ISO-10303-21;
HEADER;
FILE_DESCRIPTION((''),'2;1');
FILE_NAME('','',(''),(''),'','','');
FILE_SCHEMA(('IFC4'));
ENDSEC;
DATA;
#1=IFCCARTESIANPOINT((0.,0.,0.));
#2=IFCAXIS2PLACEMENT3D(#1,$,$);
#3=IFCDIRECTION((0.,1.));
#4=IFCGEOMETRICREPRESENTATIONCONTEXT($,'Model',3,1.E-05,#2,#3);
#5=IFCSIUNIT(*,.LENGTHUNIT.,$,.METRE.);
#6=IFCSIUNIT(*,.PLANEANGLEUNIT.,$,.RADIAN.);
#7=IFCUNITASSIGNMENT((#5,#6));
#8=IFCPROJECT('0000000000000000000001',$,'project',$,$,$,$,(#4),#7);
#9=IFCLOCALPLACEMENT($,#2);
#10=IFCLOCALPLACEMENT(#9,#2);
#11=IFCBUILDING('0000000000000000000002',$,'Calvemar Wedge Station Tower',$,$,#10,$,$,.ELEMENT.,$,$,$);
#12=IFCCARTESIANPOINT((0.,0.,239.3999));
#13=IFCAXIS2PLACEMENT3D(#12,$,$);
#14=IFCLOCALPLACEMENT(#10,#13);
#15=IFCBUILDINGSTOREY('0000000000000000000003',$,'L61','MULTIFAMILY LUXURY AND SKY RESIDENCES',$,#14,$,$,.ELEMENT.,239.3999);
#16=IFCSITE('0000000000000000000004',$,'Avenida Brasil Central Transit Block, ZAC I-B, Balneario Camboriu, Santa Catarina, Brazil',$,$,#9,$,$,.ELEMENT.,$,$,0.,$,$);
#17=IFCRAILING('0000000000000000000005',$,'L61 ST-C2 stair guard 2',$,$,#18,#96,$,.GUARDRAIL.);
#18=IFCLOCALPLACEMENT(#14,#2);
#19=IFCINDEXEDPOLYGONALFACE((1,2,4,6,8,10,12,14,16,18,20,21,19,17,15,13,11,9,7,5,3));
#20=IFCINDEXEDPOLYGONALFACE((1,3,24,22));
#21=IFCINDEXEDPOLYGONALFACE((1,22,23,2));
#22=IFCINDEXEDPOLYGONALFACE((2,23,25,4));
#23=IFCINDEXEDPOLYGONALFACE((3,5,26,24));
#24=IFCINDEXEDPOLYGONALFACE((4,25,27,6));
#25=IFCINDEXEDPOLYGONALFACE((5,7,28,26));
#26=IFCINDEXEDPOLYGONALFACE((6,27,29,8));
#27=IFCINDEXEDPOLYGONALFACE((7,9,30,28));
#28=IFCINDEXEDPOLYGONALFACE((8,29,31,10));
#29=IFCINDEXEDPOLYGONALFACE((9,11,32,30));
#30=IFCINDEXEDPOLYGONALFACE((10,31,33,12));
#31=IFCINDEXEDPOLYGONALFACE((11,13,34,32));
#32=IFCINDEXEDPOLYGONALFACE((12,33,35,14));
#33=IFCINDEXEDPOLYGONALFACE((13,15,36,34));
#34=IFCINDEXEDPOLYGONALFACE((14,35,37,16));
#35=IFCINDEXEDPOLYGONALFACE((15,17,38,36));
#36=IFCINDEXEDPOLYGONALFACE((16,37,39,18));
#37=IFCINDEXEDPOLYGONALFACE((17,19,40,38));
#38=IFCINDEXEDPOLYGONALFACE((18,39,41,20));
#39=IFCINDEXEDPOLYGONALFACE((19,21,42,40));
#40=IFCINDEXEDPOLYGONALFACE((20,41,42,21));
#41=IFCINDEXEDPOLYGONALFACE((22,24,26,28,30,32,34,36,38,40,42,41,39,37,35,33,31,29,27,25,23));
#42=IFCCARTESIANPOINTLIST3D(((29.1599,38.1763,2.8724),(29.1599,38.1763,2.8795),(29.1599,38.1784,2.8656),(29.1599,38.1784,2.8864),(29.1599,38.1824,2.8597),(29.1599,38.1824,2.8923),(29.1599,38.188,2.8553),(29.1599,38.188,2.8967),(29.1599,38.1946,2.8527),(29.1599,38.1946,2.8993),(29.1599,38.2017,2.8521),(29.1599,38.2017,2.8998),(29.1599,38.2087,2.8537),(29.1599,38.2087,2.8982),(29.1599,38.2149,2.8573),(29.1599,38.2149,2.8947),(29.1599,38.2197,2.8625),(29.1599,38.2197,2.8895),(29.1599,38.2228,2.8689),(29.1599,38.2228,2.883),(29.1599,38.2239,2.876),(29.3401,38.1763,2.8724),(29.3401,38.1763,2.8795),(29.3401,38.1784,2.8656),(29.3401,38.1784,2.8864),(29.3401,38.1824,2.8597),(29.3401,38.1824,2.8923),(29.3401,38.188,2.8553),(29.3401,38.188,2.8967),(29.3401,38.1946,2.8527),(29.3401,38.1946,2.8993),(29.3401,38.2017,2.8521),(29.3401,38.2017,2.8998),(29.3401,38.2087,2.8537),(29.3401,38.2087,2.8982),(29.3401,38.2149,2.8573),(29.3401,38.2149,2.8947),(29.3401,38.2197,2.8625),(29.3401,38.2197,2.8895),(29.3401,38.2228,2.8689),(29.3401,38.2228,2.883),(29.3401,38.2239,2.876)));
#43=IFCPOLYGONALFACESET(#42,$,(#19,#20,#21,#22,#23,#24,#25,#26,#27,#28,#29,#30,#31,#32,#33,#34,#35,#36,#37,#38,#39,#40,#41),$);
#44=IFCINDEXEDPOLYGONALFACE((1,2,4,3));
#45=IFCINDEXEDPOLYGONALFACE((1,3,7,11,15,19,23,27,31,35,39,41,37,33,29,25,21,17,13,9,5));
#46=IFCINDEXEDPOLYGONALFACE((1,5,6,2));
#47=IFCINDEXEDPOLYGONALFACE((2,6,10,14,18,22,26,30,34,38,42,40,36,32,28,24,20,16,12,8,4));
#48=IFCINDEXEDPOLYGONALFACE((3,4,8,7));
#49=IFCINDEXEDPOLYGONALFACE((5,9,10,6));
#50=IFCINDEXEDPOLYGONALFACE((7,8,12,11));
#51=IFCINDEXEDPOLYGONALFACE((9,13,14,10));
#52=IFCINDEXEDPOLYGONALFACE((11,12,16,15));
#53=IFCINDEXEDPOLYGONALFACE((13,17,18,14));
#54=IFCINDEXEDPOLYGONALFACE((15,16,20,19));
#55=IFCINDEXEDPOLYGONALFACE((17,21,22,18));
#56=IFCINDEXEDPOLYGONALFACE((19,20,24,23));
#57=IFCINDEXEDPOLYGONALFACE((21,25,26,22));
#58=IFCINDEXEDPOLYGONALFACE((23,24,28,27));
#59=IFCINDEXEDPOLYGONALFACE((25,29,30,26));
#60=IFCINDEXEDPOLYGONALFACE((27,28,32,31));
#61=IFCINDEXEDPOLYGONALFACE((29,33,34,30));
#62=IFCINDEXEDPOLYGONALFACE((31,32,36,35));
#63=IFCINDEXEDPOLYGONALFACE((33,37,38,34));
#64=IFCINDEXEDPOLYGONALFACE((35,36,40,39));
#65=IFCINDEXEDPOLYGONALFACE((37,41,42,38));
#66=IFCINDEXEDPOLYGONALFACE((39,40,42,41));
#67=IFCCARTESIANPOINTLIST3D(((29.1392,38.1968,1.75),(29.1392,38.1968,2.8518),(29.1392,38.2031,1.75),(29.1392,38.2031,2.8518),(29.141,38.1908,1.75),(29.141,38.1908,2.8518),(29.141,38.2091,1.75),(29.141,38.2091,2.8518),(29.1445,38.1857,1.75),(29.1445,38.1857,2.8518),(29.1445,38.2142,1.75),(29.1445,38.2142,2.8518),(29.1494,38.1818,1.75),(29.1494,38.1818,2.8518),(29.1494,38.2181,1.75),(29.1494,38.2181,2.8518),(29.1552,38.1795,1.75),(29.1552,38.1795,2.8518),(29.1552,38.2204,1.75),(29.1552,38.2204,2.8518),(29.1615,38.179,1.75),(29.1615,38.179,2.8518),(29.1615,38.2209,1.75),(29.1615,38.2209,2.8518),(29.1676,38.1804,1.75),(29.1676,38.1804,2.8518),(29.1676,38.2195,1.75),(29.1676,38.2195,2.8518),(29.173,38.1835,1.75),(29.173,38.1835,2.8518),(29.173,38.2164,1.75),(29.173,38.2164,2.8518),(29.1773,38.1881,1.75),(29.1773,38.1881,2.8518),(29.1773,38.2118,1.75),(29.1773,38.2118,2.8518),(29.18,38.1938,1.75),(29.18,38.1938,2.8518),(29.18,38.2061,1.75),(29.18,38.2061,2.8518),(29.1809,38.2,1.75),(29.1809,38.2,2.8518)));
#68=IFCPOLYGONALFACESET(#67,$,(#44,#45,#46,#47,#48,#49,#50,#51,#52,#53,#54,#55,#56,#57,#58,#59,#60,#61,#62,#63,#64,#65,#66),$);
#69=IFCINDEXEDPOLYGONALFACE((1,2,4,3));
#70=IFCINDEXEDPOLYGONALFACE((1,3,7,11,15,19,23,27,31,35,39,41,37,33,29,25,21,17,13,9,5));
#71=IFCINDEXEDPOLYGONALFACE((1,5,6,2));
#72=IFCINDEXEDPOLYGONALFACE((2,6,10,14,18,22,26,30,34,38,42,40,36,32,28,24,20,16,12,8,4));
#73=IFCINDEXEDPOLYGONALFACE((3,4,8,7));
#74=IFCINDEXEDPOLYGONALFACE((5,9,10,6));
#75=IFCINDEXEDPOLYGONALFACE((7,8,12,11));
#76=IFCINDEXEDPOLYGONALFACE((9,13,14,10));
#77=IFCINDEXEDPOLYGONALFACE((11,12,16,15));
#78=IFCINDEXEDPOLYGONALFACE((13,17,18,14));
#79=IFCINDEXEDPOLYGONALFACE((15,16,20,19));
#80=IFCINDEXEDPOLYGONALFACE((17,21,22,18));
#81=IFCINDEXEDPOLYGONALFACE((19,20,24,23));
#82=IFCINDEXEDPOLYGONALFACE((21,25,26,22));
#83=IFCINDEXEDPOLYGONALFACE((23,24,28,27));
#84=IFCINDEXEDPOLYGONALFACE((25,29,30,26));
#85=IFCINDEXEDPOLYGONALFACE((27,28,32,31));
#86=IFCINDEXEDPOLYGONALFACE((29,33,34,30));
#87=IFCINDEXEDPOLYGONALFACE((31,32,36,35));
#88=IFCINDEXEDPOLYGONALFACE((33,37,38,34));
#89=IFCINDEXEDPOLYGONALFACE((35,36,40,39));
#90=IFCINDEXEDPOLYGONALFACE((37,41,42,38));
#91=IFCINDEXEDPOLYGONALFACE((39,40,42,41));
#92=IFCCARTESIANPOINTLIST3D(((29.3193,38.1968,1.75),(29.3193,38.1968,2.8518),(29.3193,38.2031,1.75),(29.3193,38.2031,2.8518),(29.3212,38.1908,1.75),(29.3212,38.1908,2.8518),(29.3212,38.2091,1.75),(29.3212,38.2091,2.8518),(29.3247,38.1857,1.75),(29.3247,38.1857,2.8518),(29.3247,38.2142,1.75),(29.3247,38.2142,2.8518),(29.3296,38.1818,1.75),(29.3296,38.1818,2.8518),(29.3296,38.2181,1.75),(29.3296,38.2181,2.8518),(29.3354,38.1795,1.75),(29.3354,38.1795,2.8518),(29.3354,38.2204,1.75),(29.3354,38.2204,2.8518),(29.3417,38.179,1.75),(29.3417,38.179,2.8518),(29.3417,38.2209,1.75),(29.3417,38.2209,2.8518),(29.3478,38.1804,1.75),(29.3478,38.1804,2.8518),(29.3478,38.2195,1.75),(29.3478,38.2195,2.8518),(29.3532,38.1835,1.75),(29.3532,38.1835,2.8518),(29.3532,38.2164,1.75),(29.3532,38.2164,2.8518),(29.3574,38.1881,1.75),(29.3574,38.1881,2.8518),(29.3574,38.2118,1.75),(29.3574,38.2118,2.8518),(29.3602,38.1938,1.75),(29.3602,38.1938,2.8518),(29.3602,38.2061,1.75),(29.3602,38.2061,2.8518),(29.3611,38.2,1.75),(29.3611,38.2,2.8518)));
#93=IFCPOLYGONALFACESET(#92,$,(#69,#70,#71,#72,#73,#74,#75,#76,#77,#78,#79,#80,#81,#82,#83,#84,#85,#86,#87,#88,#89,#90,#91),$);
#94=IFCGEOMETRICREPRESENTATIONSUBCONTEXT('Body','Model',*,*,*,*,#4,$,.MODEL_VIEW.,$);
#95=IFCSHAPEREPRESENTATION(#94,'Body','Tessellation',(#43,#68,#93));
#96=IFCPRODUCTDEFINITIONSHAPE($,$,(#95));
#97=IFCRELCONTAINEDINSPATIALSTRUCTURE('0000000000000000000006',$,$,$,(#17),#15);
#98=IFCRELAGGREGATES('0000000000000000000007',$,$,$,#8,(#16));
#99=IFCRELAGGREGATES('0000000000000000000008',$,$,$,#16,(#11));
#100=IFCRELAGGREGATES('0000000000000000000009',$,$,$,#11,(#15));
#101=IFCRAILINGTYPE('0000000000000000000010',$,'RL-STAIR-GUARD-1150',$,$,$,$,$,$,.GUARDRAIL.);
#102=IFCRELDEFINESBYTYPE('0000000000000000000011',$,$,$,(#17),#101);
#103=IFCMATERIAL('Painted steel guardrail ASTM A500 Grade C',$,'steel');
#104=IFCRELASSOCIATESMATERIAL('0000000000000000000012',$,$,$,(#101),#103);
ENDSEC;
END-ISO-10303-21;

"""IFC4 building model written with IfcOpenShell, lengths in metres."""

from ifc_helpers import new_model, si_unit, direction, frame, origin, origin_2d, place, context, subcontext, project, spatial, circle, extrude, material, type_object, element, save


model = new_model("IFC4")

# Units and contexts
model_context = context("Model", 3, precision=1e-05, world=origin(), true_north=direction((0.0, 1.0)))
body_context = subcontext(model_context, "Body", "Model", "MODEL_VIEW")
ifc_project = project(units=[si_unit("LENGTHUNIT", "METRE"), si_unit("PLANEANGLEUNIT", "RADIAN")], contexts=[model_context])

# Site, building, storey
site_placement = place(None, origin())
site = spatial("IfcSite", under=ifc_project, at=site_placement, Name="Avenida Brasil Central Transit Block, ZAC I-B, Balneario Camboriu, Santa Catarina, Brazil", CompositionType="ELEMENT", RefElevation=0.0)
building_placement = place(site_placement, origin())
building = spatial("IfcBuilding", under=site, at=building_placement, Name="Calvemar Wedge Station Tower", CompositionType="ELEMENT")
storey_placement = place(building_placement, frame((0.0, 0.0, 239.3999)))
storey = spatial("IfcBuildingStorey", under=building, at=storey_placement, Name="L61", Description="MULTIFAMILY LUXURY AND SKY RESIDENCES", CompositionType="ELEMENT", Elevation=239.3999)

# Railing
ifc_material_1 = material(Name="Painted steel guardrail ASTM A500 Grade C", Category="steel")
railing_type_1 = type_object("IfcRailingType", Name="RL-STAIR-GUARD-1150", PredefinedType="GUARDRAIL", material=ifc_material_1)
railing_1_placement = place(storey_placement, frame((29.1599, 38.2, 1.75)))
element("IfcRailing", 1, at=railing_1_placement, inside=storey, type_object=railing_type_1, Name="L61 ST-C2 stair guard 2", PredefinedType="GUARDRAIL", context=body_context, shape_type="SweptSolid", body=[
    extrude(circle(Radius=0.0239, at=origin_2d()), frame((0.0, 0.0, 1.126), z_axis=(1.0, 0.0, 0.0), x_axis=(0.0, 1.0, 0.0)), (0.0, 0.0, 1.0), 0.1802),
    extrude(circle(Radius=0.021, at=origin_2d()), origin(), (0.0, 0.0, 1.0), 1.1018),
    extrude(circle(Radius=0.021, at=origin_2d()), frame((0.1802, 0.0, 0.0)), (0.0, 0.0, 1.0), 1.1018),
])

save(model, "model.ifc")
